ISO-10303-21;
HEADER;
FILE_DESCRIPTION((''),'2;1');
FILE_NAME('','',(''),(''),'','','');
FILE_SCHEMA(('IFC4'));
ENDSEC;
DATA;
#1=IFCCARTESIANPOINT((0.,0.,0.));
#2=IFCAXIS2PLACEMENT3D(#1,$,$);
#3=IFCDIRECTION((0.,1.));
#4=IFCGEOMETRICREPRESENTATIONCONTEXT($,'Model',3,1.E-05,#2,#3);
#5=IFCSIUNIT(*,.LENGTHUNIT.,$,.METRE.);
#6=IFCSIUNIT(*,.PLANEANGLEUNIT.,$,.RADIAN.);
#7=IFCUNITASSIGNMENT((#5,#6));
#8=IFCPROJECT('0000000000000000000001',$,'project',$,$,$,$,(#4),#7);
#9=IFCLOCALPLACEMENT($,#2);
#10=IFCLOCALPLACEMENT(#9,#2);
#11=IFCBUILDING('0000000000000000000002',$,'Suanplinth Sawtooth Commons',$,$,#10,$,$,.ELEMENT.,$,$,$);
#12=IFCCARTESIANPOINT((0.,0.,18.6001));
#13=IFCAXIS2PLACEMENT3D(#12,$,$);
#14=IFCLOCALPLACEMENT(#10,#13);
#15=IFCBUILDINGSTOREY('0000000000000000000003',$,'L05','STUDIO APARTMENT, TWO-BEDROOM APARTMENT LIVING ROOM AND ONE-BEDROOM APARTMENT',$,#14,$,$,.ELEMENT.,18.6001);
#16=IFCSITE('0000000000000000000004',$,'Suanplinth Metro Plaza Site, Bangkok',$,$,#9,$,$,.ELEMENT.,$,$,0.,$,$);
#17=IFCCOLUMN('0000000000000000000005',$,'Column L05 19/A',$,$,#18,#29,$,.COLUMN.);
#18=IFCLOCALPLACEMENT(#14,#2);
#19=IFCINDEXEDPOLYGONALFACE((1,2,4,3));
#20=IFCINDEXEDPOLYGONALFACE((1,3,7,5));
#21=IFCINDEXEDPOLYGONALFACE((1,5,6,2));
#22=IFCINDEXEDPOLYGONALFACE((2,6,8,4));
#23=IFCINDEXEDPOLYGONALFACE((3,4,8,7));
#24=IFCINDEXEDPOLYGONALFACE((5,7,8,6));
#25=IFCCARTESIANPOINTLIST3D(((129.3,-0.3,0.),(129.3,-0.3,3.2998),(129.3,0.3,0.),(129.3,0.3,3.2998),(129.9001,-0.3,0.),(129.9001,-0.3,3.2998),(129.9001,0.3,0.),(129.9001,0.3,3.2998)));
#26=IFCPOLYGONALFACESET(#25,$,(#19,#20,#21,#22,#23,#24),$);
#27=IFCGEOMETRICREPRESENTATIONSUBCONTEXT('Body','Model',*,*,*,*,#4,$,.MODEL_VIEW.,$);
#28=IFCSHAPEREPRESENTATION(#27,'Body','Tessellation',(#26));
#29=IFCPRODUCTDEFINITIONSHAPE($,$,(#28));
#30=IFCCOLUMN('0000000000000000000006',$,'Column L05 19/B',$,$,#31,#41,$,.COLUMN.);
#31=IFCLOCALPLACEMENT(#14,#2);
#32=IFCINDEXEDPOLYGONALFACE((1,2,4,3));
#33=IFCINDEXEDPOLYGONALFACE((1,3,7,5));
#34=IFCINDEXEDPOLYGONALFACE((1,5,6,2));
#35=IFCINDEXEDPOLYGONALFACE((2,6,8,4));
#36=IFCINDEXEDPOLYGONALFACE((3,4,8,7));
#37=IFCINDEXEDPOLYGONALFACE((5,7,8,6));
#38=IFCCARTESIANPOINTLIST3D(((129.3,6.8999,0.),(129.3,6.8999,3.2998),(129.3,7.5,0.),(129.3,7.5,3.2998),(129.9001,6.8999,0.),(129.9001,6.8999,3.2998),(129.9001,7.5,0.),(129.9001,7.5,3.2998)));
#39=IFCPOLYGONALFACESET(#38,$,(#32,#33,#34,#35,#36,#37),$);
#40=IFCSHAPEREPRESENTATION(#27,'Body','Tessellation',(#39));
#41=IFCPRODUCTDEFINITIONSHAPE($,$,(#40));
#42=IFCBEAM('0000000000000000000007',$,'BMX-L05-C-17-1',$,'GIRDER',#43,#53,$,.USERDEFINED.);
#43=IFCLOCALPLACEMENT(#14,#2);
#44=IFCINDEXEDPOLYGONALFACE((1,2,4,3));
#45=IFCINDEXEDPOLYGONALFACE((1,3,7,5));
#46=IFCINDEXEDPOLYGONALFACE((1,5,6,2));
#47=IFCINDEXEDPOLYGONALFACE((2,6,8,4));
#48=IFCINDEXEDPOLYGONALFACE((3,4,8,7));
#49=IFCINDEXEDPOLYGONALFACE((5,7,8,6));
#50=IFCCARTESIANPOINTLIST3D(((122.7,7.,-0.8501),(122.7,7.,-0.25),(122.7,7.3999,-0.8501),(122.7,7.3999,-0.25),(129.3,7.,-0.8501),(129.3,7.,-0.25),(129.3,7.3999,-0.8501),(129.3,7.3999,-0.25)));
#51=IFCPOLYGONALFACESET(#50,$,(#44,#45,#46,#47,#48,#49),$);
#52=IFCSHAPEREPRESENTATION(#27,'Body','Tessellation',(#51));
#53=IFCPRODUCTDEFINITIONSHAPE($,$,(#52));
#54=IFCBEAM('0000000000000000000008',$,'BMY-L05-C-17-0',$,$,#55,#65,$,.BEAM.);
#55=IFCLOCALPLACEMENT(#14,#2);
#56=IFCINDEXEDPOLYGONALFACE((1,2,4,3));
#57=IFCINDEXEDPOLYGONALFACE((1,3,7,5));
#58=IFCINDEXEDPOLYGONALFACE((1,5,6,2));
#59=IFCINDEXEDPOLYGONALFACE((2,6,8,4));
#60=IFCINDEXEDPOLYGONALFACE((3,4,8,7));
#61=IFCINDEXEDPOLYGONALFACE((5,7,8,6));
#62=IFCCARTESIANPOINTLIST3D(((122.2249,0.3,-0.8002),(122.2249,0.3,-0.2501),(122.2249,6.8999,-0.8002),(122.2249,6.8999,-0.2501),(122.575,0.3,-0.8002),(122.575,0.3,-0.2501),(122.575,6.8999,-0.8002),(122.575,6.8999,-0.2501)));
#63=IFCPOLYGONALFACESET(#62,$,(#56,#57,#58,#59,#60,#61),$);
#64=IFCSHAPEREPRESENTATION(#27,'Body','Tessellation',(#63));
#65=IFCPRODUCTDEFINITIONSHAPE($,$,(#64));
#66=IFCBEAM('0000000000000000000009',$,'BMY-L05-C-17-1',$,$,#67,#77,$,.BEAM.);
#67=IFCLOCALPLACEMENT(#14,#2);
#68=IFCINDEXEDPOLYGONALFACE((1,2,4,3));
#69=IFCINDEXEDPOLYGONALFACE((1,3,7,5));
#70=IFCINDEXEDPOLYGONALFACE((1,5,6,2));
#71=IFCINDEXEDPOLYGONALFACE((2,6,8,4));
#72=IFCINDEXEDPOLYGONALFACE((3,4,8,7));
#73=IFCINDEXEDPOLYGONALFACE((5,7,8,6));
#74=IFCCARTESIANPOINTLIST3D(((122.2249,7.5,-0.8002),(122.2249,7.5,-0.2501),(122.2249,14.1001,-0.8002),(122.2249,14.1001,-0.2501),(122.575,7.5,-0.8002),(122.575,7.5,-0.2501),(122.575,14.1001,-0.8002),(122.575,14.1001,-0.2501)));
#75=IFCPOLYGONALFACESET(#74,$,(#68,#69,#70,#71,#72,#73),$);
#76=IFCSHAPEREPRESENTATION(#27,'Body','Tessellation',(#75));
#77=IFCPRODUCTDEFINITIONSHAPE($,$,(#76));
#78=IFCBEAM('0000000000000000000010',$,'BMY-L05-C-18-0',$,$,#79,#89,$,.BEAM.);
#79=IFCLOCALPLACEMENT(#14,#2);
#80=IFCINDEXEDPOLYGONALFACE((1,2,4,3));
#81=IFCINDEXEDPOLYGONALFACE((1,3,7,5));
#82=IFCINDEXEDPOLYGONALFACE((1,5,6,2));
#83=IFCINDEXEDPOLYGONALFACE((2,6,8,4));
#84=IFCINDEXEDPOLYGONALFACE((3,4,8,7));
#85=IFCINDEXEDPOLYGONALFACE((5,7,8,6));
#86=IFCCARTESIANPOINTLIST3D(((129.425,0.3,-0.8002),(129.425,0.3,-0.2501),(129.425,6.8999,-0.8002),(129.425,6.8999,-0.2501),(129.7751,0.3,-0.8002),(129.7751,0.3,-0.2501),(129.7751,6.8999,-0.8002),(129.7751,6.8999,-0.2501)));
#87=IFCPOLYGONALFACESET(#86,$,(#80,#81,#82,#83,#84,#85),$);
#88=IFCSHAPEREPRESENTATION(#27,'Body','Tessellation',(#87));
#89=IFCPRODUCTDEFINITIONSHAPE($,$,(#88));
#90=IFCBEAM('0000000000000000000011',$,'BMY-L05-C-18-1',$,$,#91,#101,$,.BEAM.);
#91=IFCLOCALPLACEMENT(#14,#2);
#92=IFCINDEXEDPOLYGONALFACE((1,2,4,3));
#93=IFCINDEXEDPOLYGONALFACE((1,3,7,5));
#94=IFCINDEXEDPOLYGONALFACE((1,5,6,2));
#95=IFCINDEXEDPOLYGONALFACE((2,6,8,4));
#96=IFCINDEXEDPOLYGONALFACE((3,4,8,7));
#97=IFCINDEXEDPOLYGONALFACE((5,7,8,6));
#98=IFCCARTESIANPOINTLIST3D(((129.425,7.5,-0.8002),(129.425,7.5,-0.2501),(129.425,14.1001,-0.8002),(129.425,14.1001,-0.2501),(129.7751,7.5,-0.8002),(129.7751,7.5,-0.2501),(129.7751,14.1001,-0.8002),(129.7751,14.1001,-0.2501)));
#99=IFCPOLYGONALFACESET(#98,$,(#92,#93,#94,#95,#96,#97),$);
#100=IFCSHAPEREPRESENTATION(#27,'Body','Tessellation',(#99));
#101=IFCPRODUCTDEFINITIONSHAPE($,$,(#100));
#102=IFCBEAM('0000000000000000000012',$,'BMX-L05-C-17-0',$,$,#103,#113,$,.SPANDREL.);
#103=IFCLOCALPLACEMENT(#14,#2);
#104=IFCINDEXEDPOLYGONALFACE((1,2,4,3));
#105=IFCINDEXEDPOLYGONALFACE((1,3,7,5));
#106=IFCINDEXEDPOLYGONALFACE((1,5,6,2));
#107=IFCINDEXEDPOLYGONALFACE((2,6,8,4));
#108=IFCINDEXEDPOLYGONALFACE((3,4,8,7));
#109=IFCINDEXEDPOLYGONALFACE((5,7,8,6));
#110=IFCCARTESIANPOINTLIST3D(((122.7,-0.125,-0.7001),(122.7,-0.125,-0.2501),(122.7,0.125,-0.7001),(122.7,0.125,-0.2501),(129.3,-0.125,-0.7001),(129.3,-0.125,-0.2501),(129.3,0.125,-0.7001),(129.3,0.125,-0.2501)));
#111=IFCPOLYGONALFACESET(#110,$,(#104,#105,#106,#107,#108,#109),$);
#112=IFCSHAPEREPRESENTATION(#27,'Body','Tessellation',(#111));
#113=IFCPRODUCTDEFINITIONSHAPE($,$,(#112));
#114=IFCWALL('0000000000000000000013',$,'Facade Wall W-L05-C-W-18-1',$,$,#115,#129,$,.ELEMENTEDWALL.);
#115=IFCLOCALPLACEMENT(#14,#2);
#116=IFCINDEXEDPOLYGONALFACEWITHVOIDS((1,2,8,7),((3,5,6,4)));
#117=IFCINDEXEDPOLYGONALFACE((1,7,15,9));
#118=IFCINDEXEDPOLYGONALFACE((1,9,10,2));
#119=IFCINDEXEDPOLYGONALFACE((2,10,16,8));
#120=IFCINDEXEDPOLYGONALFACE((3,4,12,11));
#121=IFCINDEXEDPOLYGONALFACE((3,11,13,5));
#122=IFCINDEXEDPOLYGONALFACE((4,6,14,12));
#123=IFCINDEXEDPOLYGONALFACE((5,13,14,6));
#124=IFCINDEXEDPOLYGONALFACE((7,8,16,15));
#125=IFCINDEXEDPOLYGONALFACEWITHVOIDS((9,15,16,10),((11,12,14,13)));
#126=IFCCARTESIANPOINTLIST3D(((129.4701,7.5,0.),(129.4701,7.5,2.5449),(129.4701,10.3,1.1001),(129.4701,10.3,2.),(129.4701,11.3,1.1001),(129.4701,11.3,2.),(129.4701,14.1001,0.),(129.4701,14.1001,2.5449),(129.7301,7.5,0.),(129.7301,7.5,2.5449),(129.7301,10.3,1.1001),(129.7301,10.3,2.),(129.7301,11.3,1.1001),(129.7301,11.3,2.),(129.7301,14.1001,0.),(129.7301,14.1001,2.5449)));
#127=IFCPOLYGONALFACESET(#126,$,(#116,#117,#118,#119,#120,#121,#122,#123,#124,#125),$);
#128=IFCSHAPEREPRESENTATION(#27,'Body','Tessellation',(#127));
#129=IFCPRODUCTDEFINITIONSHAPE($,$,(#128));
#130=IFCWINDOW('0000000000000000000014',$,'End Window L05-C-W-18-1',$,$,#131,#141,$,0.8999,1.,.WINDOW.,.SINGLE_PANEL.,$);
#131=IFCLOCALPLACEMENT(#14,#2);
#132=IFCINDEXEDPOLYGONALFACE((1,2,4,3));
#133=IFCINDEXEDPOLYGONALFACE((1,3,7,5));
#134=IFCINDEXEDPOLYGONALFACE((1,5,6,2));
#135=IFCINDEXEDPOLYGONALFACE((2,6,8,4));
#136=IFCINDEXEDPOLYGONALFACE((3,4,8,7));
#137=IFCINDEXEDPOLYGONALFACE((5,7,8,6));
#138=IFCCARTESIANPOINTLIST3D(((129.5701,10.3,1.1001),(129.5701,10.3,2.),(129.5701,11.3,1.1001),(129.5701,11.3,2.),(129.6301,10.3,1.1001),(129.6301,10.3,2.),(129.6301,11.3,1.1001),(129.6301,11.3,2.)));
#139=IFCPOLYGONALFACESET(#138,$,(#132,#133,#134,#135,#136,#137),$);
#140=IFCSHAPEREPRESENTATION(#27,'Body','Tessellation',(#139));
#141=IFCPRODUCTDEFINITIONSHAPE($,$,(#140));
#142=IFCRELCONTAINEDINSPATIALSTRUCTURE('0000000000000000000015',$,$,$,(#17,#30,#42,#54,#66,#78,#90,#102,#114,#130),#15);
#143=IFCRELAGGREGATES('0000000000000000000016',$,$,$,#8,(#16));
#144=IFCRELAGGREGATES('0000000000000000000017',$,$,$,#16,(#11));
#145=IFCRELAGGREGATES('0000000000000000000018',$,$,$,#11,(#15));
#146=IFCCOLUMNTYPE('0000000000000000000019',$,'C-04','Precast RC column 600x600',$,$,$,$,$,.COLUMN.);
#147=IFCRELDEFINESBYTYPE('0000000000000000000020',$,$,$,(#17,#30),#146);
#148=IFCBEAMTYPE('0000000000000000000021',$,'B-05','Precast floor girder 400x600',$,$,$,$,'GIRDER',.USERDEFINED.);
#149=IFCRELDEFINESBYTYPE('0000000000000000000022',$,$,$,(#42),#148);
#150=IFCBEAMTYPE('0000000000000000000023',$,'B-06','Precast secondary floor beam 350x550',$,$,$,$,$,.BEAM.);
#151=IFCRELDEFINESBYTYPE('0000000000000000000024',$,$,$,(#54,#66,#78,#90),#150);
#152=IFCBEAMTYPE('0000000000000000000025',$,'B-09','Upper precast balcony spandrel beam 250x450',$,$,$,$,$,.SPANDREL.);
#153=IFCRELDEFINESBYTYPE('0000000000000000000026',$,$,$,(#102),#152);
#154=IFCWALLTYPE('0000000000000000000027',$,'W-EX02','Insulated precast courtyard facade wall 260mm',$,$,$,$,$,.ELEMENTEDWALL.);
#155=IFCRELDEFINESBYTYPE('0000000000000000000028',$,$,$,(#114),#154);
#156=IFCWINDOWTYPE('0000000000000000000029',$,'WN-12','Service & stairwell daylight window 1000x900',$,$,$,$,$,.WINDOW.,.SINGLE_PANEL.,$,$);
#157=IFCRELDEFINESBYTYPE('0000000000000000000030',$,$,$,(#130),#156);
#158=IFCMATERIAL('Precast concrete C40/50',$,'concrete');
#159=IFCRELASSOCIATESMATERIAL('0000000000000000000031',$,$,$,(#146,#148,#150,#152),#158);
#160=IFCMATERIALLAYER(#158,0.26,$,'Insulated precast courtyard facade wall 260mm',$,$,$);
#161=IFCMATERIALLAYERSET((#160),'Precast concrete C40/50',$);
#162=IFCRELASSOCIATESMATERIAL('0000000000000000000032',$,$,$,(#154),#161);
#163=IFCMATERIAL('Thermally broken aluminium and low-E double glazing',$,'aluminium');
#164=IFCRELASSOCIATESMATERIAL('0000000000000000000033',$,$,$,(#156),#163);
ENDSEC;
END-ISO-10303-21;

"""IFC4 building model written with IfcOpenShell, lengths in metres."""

from ifc_helpers import new_model, si_unit, direction, frame, frame_2d, origin, origin_2d, place, context, subcontext, project, spatial, rectangle, extrude, material, layer, layer_set, material_profile, profile_set, type_object, element, fill, save


model = new_model("IFC4")

# Units and contexts
model_context = context("Model", 3, precision=1e-05, world=origin(), true_north=direction((0.0, 1.0)))
body_context = subcontext(model_context, "Body", "Model", "MODEL_VIEW")
ifc_project = project(units=[si_unit("LENGTHUNIT", "METRE"), si_unit("PLANEANGLEUNIT", "RADIAN")], contexts=[model_context])

# Site, building, storey
site_placement = place(None, origin())
site = spatial("IfcSite", under=ifc_project, at=site_placement, Name="Suanplinth Metro Plaza Site, Bangkok", CompositionType="ELEMENT", RefElevation=0.0)
building_placement = place(site_placement, origin())
building = spatial("IfcBuilding", under=site, at=building_placement, Name="Suanplinth Sawtooth Commons", CompositionType="ELEMENT")
storey_placement = place(building_placement, frame((0.0, 0.0, 18.6001)))
storey = spatial("IfcBuildingStorey", under=building, at=storey_placement, Name="L05", Description="STUDIO APARTMENT, TWO-BEDROOM APARTMENT LIVING ROOM AND ONE-BEDROOM APARTMENT", CompositionType="ELEMENT", Elevation=18.6001)

# Columns
ifc_material_1 = material(Name="Precast concrete C40/50", Category="concrete")
ifc_material_profile_1 = material_profile(ifc_material_1, rectangle(XDim=0.6001, YDim=0.6001, at=origin_2d()), Name="PC-COL 600x600")
ifc_profile_set_1 = profile_set([ifc_material_profile_1], Name="Precast concrete C40/50")
column_type = type_object("IfcColumnType", Name="C-04", Description="Precast RC column 600x600", PredefinedType="COLUMN", material=ifc_profile_set_1)
for number, where, z_axis, x_axis, name in (
    (1, (129.6001, 0.0, 0.0), (0.0, 0.0, 1.0), (1.0, 0.0, 0.0), "Column L05 19/A"),
    (2, (129.6001, 7.2, 0.0), (0.0, 0.0, 1.0), (1.0, 0.0, 0.0), "Column L05 19/B"),
):
    element("IfcColumn", number, at=place(storey_placement, frame(where, z_axis=z_axis, x_axis=x_axis)), inside=storey, type_object=column_type, Name=name, PredefinedType="COLUMN", context=body_context, shape_type="SweptSolid", body=[
        extrude(rectangle(XDim=0.6001, YDim=0.6001, at=origin_2d()), origin(), (0.0, 0.0, 1.0), 3.2998),
    ])

# Beams
ifc_material_profile_2 = material_profile(ifc_material_1, rectangle(XDim=0.3999, YDim=0.6001, at=origin_2d()), Name="PC-GDR 400x600")
ifc_profile_set_2 = profile_set([ifc_material_profile_2], Name="Precast concrete C40/50")
beam_type_1 = type_object("IfcBeamType", Name="B-05", Description="Precast floor girder 400x600", ElementType="GIRDER", PredefinedType="USERDEFINED", material=ifc_profile_set_2)
beam_1_placement = place(storey_placement, frame((122.7, 7.2, -0.55), z_axis=(1.0, 0.0, 0.0), x_axis=(0.0, 1.0, 0.0)))
element("IfcBeam", 3, at=beam_1_placement, inside=storey, type_object=beam_type_1, Name="BMX-L05-C-17-1", ObjectType="GIRDER", PredefinedType="USERDEFINED", context=body_context, shape_type="SweptSolid", body=[
    extrude(rectangle(XDim=0.3999, YDim=0.6001, at=origin_2d()), origin(), (0.0, 0.0, 1.0), 6.6001),
])
ifc_material_profile_3 = material_profile(ifc_material_1, rectangle(XDim=0.3501, YDim=0.55, at=origin_2d()), Name="PC-BM 350x550")
ifc_profile_set_3 = profile_set([ifc_material_profile_3], Name="Precast concrete C40/50")
beam_type_2 = type_object("IfcBeamType", Name="B-06", Description="Precast secondary floor beam 350x550", PredefinedType="BEAM", material=ifc_profile_set_3)
beam_2_placement = place(storey_placement, frame((122.3999, 0.3, -0.5251), z_axis=(0.0, 1.0, 0.0), x_axis=(-1.0, 0.0, 0.0)))
element("IfcBeam", 4, at=beam_2_placement, inside=storey, type_object=beam_type_2, Name="BMY-L05-C-17-0", PredefinedType="BEAM", context=body_context, shape_type="SweptSolid", body=[
    extrude(rectangle(XDim=0.3501, YDim=0.55, at=origin_2d()), origin(), (0.0, 0.0, 1.0), 6.5999),
])
beam_3_placement = place(storey_placement, frame((122.3999, 7.5, -0.5251), z_axis=(0.0, 1.0, 0.0), x_axis=(-1.0, 0.0, 0.0)))
element("IfcBeam", 5, at=beam_3_placement, inside=storey, type_object=beam_type_2, Name="BMY-L05-C-17-1", PredefinedType="BEAM", context=body_context, shape_type="SweptSolid", body=[
    extrude(rectangle(XDim=0.3501, YDim=0.55, at=origin_2d()), origin(), (0.0, 0.0, 1.0), 6.6001),
])
beam_4_placement = place(storey_placement, frame((129.6001, 0.3, -0.5251), z_axis=(0.0, 1.0, 0.0), x_axis=(-1.0, 0.0, 0.0)))
element("IfcBeam", 6, at=beam_4_placement, inside=storey, type_object=beam_type_2, Name="BMY-L05-C-18-0", PredefinedType="BEAM", context=body_context, shape_type="SweptSolid", body=[
    extrude(rectangle(XDim=0.3501, YDim=0.55, at=origin_2d()), origin(), (0.0, 0.0, 1.0), 6.5999),
])
beam_5_placement = place(storey_placement, frame((129.6001, 7.5, -0.5251), z_axis=(0.0, 1.0, 0.0), x_axis=(-1.0, 0.0, 0.0)))
element("IfcBeam", 7, at=beam_5_placement, inside=storey, type_object=beam_type_2, Name="BMY-L05-C-18-1", PredefinedType="BEAM", context=body_context, shape_type="SweptSolid", body=[
    extrude(rectangle(XDim=0.3501, YDim=0.55, at=origin_2d()), origin(), (0.0, 0.0, 1.0), 6.6001),
])
ifc_material_profile_4 = material_profile(ifc_material_1, rectangle(XDim=0.25, YDim=0.45, at=origin_2d()), Name="PC-SP 250x450")
ifc_profile_set_4 = profile_set([ifc_material_profile_4], Name="Precast concrete C40/50")
beam_type_3 = type_object("IfcBeamType", Name="B-09", Description="Upper precast balcony spandrel beam 250x450", PredefinedType="SPANDREL", material=ifc_profile_set_4)
beam_6_placement = place(storey_placement, frame((122.7, 0.0, -0.4751), z_axis=(1.0, 0.0, 0.0), x_axis=(0.0, 1.0, 0.0)))
element("IfcBeam", 8, at=beam_6_placement, inside=storey, type_object=beam_type_3, Name="BMX-L05-C-17-0", PredefinedType="SPANDREL", context=body_context, shape_type="SweptSolid", body=[
    extrude(rectangle(XDim=0.25, YDim=0.45, at=origin_2d()), origin(), (0.0, 0.0, 1.0), 6.6001),
])

# Shared definitions
ifc_layer = layer(ifc_material_1, 0.26, Name="Insulated precast courtyard facade wall 260mm")
ifc_layer_set = layer_set([ifc_layer], Name="Precast concrete C40/50")
wall_type = type_object("IfcWallType", Name="W-EX02", Description="Insulated precast courtyard facade wall 260mm", PredefinedType="ELEMENTEDWALL", material=ifc_layer_set)
ifc_material_2 = material(Name="Thermally broken aluminium and low-E double glazing", Category="aluminium")

# Wall, opening, window
wall_1_placement = place(storey_placement, frame((129.6001, 7.5, 0.0), z_axis=(0.0, 0.0, 1.0), x_axis=(0.0, 1.0, 0.0)))
wall_1 = element("IfcWall", 9, at=wall_1_placement, inside=storey, type_object=wall_type, Name="Facade Wall W-L05-C-W-18-1", PredefinedType="ELEMENTEDWALL", context=body_context, shape_type="SweptSolid", body=[
    extrude(rectangle(XDim=6.6001, YDim=0.26, at=frame_2d((3.3, 0.0))), origin(), (0.0, 0.0, 1.0), 2.5449),
])
opening_1_placement = place(wall_1_placement, frame((2.8, 0.0, 1.1001)))
opening_1 = element("IfcOpeningElement", 10, at=opening_1_placement, cuts=wall_1, PredefinedType="OPENING", context=body_context, shape_type="SweptSolid", body=[
    extrude(rectangle(XDim=1.0, YDim=0.8999, at=frame_2d((0.5, 0.45))), frame((0.0, 0.145, 0.0), z_axis=(0.0, -1.0, 0.0), x_axis=(1.0, 0.0, 0.0)), (0.0, 0.0, 1.0), 0.2898),
])
window_type_1 = type_object("IfcWindowType", Name="WN-12", Description="Service & stairwell daylight window 1000x900", PartitioningType="SINGLE_PANEL", PredefinedType="WINDOW", material=ifc_material_2)
window_1_placement = place(opening_1_placement, origin())
window_1 = element("IfcWindow", 11, at=window_1_placement, inside=storey, type_object=window_type_1, Name="End Window L05-C-W-18-1", OverallHeight=0.8999, OverallWidth=1.0, PartitioningType="SINGLE_PANEL", PredefinedType="WINDOW", context=body_context, shape_type="SweptSolid", body=[
    extrude(rectangle(XDim=1.0, YDim=0.8999, at=frame_2d((0.5, 0.45))), frame((0.0, 0.03, 0.0), z_axis=(0.0, -1.0, 0.0), x_axis=(1.0, 0.0, 0.0)), (0.0, 0.0, 1.0), 0.0601),
])
fill(opening_1, window_1)

save(model, "model.ifc")
